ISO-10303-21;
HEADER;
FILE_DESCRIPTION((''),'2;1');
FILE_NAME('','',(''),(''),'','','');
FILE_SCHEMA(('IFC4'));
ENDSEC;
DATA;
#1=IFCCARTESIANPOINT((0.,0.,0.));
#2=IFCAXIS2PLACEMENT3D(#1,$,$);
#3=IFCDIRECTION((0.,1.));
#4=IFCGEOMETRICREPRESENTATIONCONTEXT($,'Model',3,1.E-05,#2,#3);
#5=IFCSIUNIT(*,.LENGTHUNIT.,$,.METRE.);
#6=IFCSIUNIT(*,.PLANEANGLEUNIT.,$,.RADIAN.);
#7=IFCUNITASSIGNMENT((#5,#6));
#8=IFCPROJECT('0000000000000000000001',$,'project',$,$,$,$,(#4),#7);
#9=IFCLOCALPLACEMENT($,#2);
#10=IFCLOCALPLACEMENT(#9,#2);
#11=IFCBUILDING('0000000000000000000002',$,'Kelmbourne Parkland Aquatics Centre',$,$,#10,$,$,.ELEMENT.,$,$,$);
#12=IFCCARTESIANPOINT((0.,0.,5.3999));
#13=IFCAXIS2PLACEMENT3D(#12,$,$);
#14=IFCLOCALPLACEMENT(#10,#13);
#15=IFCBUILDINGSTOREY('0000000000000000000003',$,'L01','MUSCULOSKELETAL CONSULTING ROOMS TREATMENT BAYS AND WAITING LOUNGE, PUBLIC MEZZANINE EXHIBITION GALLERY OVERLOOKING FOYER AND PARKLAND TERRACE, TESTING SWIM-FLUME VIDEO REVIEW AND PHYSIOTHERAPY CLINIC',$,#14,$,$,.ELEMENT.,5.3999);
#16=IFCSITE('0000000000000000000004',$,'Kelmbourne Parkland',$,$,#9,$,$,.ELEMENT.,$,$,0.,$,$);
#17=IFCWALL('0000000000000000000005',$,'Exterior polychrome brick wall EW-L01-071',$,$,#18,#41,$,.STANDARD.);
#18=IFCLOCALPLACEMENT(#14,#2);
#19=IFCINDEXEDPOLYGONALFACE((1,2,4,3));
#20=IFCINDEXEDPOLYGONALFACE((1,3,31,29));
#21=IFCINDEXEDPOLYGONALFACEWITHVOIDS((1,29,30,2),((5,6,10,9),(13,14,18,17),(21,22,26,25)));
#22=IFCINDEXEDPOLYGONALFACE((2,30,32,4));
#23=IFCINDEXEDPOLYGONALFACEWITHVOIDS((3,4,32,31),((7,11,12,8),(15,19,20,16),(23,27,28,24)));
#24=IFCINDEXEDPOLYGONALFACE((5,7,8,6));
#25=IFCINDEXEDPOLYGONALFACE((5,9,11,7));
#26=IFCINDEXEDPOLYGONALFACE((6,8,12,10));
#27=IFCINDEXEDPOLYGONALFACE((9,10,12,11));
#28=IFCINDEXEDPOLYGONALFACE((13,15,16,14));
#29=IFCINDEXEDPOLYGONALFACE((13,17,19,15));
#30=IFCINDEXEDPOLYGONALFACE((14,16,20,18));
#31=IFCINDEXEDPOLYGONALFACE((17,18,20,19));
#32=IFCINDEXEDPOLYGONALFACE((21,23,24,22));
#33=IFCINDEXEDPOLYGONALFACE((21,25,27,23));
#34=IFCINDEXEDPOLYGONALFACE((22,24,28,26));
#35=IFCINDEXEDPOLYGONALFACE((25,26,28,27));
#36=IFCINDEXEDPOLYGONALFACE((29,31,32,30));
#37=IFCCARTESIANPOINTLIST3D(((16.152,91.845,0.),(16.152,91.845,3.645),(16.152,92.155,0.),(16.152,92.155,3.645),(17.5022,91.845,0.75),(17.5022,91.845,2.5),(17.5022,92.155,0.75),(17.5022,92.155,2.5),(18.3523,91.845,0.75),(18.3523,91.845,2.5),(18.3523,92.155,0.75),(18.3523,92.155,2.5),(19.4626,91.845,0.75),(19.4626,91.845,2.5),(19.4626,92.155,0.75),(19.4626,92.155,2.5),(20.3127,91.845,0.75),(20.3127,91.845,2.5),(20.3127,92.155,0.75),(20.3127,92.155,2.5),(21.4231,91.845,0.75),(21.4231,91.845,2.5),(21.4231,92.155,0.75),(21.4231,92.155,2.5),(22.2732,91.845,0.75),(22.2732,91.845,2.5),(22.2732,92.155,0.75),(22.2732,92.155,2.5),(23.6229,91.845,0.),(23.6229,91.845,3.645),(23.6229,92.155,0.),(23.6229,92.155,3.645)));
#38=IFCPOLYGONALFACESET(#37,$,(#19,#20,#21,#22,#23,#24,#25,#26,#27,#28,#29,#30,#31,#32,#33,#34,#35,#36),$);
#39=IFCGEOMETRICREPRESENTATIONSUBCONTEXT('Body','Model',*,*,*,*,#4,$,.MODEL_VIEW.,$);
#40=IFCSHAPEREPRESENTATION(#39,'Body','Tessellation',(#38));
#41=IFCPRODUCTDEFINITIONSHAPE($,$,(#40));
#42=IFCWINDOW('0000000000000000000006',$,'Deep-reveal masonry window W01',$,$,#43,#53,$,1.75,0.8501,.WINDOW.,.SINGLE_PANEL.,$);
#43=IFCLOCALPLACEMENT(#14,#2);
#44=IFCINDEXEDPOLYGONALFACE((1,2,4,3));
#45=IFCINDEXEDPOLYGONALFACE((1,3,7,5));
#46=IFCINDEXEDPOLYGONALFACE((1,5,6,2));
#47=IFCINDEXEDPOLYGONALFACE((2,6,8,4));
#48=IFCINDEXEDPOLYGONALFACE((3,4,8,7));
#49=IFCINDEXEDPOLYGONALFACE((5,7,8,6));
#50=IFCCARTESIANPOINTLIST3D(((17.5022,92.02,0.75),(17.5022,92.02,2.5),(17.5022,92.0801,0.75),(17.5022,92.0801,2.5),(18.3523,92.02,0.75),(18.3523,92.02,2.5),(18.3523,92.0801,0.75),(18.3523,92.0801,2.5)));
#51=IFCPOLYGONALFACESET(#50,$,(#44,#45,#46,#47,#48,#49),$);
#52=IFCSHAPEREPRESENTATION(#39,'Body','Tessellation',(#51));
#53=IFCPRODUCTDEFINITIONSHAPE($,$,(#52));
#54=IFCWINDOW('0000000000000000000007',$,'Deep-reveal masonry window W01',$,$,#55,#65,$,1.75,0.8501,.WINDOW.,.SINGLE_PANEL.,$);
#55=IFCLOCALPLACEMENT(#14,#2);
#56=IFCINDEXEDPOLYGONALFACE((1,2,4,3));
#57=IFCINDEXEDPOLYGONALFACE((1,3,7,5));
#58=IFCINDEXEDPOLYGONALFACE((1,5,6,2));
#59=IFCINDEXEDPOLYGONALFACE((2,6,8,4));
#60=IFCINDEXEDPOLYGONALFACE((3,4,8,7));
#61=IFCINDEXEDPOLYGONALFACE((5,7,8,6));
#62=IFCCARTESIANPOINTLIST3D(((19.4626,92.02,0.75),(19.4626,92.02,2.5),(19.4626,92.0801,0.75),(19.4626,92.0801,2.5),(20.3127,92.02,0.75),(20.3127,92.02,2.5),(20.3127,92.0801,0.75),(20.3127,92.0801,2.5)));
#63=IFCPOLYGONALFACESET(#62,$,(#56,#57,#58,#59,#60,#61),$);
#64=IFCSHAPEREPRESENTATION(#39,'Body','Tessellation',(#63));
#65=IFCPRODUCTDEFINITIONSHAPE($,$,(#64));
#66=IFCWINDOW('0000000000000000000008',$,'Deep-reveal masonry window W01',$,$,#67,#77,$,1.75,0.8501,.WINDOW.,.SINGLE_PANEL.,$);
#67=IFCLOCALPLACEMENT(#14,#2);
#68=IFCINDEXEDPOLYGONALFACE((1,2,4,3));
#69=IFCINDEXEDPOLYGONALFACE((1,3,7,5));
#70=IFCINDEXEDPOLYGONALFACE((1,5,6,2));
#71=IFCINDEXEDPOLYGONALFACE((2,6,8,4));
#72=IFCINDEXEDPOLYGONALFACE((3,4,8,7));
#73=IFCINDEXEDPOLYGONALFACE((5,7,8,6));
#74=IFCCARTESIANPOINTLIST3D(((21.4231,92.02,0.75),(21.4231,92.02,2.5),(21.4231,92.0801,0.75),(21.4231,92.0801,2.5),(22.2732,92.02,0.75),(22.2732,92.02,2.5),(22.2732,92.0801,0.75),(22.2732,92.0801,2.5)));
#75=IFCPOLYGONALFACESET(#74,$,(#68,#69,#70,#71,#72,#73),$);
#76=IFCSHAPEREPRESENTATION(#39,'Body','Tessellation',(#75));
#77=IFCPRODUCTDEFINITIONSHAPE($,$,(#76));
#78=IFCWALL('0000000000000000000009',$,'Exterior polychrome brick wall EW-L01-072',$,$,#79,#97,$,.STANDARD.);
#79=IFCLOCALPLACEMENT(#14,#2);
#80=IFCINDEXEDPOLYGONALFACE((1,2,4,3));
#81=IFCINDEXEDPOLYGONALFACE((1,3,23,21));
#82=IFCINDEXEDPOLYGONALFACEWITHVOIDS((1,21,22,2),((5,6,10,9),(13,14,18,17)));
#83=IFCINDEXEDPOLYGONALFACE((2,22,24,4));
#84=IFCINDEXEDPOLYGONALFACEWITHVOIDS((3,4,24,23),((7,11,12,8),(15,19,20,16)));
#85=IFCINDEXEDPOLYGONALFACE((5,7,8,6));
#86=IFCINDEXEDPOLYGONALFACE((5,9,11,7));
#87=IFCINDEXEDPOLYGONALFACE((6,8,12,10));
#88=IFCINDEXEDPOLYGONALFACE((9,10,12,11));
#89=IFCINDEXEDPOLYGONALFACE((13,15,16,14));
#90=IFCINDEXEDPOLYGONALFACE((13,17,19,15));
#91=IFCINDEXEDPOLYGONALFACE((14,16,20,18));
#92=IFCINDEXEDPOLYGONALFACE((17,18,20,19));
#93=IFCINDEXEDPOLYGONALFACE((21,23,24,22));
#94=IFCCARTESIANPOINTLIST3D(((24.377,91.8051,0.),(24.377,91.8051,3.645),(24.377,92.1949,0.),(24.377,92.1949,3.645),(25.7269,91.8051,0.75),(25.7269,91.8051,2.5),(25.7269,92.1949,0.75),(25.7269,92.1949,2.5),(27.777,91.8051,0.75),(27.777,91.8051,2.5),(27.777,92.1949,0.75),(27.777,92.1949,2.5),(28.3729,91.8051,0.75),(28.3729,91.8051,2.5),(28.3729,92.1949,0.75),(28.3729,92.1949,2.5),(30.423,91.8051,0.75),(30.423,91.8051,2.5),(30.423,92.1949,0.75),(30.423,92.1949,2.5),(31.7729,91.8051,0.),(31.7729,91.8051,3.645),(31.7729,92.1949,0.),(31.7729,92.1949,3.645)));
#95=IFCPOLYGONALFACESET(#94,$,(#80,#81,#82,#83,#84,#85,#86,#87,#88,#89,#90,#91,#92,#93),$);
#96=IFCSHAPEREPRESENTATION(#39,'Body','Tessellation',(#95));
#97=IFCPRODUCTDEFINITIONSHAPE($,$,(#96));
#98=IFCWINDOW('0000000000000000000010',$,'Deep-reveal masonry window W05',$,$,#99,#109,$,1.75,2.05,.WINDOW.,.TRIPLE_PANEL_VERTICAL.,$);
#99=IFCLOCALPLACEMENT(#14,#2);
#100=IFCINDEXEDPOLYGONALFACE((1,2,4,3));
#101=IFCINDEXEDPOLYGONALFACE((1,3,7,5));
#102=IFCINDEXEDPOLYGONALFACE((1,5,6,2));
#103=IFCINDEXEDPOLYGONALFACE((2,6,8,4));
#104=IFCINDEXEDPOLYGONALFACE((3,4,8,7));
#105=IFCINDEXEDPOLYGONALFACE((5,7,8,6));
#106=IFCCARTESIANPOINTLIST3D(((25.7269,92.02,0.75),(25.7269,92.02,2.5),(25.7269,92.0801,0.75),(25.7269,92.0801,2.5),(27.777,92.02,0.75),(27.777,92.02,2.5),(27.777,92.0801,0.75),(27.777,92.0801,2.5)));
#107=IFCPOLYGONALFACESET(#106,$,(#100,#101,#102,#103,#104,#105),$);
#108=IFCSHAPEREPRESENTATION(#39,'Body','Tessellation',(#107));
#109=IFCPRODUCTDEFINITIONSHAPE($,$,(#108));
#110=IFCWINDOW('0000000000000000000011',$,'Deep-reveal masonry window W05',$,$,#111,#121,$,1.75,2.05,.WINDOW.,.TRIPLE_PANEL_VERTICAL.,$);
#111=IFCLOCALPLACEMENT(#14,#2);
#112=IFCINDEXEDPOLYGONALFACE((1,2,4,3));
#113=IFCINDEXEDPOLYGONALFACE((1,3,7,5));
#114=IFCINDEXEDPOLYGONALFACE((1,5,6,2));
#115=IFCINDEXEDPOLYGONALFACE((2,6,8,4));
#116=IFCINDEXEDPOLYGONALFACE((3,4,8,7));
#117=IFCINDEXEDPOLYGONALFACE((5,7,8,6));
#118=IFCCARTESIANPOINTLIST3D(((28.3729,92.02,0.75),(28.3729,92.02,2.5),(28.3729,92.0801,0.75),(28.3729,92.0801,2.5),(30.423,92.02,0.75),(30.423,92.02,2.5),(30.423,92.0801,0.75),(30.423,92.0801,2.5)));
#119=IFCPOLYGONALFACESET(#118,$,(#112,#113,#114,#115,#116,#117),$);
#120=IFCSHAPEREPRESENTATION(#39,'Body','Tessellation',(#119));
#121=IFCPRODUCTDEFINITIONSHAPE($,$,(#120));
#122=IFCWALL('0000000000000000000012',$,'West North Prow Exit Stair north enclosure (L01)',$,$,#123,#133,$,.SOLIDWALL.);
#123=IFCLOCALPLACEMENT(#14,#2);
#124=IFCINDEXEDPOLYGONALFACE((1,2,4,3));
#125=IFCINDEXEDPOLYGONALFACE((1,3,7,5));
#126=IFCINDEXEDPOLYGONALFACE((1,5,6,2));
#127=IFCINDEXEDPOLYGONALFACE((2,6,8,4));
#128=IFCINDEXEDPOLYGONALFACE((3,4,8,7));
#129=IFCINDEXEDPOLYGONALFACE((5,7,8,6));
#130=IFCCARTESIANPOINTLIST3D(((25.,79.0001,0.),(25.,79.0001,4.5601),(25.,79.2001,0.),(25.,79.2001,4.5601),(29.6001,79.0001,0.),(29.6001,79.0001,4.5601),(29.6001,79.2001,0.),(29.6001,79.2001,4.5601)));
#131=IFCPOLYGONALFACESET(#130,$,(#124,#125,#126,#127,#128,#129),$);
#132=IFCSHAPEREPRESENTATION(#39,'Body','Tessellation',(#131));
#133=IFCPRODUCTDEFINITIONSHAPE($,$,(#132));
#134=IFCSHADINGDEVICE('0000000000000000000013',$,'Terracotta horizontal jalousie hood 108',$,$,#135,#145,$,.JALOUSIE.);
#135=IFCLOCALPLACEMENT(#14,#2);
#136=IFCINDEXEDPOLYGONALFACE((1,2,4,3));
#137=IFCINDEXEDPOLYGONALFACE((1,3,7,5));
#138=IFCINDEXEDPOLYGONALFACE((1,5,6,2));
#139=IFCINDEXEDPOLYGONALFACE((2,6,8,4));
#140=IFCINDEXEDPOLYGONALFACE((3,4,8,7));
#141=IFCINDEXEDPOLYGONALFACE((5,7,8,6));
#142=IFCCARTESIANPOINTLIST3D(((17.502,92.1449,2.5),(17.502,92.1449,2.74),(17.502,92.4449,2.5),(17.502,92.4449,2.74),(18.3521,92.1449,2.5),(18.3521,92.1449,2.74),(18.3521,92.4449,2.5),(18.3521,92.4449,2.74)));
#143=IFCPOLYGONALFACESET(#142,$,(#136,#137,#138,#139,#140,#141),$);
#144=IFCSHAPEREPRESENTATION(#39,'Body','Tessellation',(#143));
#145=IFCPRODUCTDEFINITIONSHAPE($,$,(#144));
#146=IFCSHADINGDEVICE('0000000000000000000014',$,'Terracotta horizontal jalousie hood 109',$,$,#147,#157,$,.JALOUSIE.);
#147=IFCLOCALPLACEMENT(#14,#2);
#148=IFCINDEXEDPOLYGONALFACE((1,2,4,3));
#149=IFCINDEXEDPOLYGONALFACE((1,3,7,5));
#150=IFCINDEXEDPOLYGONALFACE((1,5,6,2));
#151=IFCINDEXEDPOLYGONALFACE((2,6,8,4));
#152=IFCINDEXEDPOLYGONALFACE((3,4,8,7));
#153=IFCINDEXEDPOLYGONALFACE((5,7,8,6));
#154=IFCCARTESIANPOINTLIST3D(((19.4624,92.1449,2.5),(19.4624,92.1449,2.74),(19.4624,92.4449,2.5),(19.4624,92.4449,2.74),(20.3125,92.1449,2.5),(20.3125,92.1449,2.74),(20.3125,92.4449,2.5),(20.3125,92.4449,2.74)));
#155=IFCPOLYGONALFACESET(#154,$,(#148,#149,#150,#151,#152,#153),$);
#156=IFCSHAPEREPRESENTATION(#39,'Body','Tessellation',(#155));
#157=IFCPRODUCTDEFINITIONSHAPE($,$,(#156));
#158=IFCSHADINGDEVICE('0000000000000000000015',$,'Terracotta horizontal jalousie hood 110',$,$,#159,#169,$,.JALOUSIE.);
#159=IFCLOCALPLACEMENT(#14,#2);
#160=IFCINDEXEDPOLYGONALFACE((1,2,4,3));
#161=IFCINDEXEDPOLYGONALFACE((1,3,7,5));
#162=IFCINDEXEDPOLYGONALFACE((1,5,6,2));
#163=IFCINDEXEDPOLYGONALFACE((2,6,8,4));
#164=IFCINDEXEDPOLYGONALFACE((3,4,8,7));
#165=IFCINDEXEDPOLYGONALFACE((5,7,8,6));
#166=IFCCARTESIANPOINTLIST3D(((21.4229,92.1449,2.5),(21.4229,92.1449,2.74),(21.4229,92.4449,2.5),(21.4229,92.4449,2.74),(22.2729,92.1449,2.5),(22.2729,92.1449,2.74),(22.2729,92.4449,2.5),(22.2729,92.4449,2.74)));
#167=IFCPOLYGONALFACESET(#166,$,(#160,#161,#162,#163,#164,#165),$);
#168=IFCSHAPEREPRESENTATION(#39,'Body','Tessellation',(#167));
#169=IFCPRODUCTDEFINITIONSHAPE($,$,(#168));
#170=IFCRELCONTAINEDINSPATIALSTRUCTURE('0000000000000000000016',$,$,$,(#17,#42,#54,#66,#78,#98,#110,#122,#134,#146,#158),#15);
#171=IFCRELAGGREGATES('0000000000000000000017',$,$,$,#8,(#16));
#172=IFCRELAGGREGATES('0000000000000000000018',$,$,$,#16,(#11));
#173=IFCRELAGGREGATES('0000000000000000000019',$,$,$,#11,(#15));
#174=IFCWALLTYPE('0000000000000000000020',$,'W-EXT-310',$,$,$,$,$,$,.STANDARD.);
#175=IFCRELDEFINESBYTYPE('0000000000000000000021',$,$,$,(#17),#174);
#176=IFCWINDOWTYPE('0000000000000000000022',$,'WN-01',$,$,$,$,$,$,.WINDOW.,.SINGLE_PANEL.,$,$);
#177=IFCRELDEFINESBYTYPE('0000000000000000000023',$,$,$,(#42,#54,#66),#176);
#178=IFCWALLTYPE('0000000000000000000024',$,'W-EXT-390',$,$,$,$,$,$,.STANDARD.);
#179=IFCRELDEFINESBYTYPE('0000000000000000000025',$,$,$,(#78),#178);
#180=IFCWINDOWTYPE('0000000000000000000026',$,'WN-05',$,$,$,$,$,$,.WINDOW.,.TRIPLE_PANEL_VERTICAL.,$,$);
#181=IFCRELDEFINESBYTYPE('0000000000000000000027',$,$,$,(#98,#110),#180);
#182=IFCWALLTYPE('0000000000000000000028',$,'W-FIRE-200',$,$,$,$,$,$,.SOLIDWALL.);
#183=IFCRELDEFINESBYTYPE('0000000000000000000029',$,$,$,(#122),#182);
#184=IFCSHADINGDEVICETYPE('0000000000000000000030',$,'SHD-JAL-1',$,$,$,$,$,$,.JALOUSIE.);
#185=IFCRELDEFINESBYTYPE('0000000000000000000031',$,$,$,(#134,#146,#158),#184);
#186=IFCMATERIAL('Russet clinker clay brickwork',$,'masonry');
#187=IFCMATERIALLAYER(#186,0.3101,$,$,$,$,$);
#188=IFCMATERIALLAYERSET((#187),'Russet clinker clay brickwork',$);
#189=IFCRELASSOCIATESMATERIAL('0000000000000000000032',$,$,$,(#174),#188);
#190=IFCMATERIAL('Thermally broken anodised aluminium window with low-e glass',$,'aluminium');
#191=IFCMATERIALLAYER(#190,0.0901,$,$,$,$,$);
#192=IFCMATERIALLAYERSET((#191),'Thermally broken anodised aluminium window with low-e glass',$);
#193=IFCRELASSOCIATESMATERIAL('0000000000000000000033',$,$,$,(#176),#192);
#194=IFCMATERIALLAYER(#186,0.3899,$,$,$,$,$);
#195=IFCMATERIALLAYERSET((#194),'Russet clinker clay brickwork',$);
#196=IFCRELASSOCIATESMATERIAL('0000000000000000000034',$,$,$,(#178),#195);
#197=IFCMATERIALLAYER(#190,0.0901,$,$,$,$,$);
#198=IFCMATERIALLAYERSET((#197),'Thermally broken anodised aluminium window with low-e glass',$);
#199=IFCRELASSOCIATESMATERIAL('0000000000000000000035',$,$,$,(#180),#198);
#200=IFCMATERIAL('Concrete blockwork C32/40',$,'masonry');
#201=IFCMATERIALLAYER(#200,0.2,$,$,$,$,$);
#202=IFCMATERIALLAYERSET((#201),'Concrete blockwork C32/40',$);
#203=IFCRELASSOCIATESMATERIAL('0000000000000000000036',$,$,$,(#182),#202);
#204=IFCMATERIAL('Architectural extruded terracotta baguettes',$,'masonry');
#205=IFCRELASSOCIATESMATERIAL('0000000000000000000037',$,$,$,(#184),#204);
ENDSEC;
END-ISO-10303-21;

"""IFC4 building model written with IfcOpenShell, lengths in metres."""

from ifc_helpers import new_model, si_unit, direction, frame, frame_2d, origin, origin_2d, place, context, subcontext, project, spatial, rectangle, extrude, material, layer, layer_set, type_object, element, fill, save


model = new_model("IFC4")

# Units and contexts
model_context = context("Model", 3, precision=1e-05, world=origin(), true_north=direction((0.0, 1.0)))
body_context = subcontext(model_context, "Body", "Model", "MODEL_VIEW")
ifc_project = project(units=[si_unit("LENGTHUNIT", "METRE"), si_unit("PLANEANGLEUNIT", "RADIAN")], contexts=[model_context])

# Site, building, storey
site_placement = place(None, origin())
site = spatial("IfcSite", under=ifc_project, at=site_placement, Name="Kelmbourne Parkland", CompositionType="ELEMENT", RefElevation=0.0)
building_placement = place(site_placement, origin())
building = spatial("IfcBuilding", under=site, at=building_placement, Name="Kelmbourne Parkland Aquatics Centre", CompositionType="ELEMENT")
storey_placement = place(building_placement, frame((0.0, 0.0, 5.3999)))
storey = spatial("IfcBuildingStorey", under=building, at=storey_placement, Name="L01", Description="MUSCULOSKELETAL CONSULTING ROOMS TREATMENT BAYS AND WAITING LOUNGE, PUBLIC MEZZANINE EXHIBITION GALLERY OVERLOOKING FOYER AND PARKLAND TERRACE, TESTING SWIM-FLUME VIDEO REVIEW AND PHYSIOTHERAPY CLINIC", CompositionType="ELEMENT", Elevation=5.3999)

# Walls, openings, windows
ifc_material_1 = material(Name="Russet clinker clay brickwork", Category="masonry")
ifc_layer_1 = layer(ifc_material_1, 0.3101)
ifc_layer_set_1 = layer_set([ifc_layer_1], Name="Russet clinker clay brickwork")
wall_type_1 = type_object("IfcWallType", Name="W-EXT-310", PredefinedType="STANDARD", material=ifc_layer_set_1)
wall_1_placement = place(storey_placement, frame((16.1521, 92.0, 0.0), z_axis=(0.0, 0.0, 1.0), x_axis=(1.0, 0.0, 0.0)))
wall_1 = element("IfcWall", 1, at=wall_1_placement, inside=storey, type_object=wall_type_1, Name="Exterior polychrome brick wall EW-L01-071", PredefinedType="STANDARD", context=body_context, shape_type="SweptSolid", body=[
    extrude(rectangle(XDim=7.4709, YDim=0.3101, at=frame_2d((3.7354, 0.0))), origin(), (0.0, 0.0, 1.0), 3.645),
])
opening_1_placement = place(wall_1_placement, frame((1.3501, 0.0, 0.75)))
opening_1 = element("IfcOpeningElement", 2, at=opening_1_placement, cuts=wall_1, PredefinedType="OPENING", context=body_context, shape_type="SweptSolid", body=[
    extrude(rectangle(XDim=0.8501, YDim=1.75, at=frame_2d((0.425, 0.875))), frame((0.0, 0.167, 0.0), z_axis=(0.0, -1.0, 0.0), x_axis=(1.0, 0.0, 0.0)), (0.0, 0.0, 1.0), 0.334),
])
opening_2_placement = place(wall_1_placement, frame((3.3105, 0.0, 0.75)))
opening_2 = element("IfcOpeningElement", 3, at=opening_2_placement, cuts=wall_1, PredefinedType="OPENING", context=body_context, shape_type="SweptSolid", body=[
    extrude(rectangle(XDim=0.8501, YDim=1.75, at=frame_2d((0.425, 0.875))), frame((0.0, 0.167, 0.0), z_axis=(0.0, -1.0, 0.0), x_axis=(1.0, 0.0, 0.0)), (0.0, 0.0, 1.0), 0.334),
])
opening_3_placement = place(wall_1_placement, frame((5.271, 0.0, 0.75)))
opening_3 = element("IfcOpeningElement", 4, at=opening_3_placement, cuts=wall_1, PredefinedType="OPENING", context=body_context, shape_type="SweptSolid", body=[
    extrude(rectangle(XDim=0.8501, YDim=1.75, at=frame_2d((0.425, 0.875))), frame((0.0, 0.167, 0.0), z_axis=(0.0, -1.0, 0.0), x_axis=(1.0, 0.0, 0.0)), (0.0, 0.0, 1.0), 0.334),
])
ifc_material_2 = material(Name="Thermally broken anodised aluminium window with low-e glass", Category="aluminium")
ifc_layer_2 = layer(ifc_material_2, 0.0901)
ifc_layer_set_2 = layer_set([ifc_layer_2], Name="Thermally broken anodised aluminium window with low-e glass")
window_type_1 = type_object("IfcWindowType", Name="WN-01", PartitioningType="SINGLE_PANEL", PredefinedType="WINDOW", material=ifc_layer_set_2)
window_1_placement = place(opening_1_placement, origin())
window_1 = element("IfcWindow", 5, at=window_1_placement, inside=storey, type_object=window_type_1, Name="Deep-reveal masonry window W01", OverallHeight=1.75, OverallWidth=0.8501, PartitioningType="SINGLE_PANEL", PredefinedType="WINDOW", context=body_context, shape_type="SweptSolid", body=[
    extrude(rectangle(XDim=0.8501, YDim=1.75, at=frame_2d((0.425, 0.875))), frame((0.0, 0.0801, 0.0), z_axis=(0.0, -1.0, 0.0), x_axis=(1.0, 0.0, 0.0)), (0.0, 0.0, 1.0), 0.0601),
])
fill(opening_1, window_1)
window_2_placement = place(opening_2_placement, origin())
window_2 = element("IfcWindow", 6, at=window_2_placement, inside=storey, type_object=window_type_1, Name="Deep-reveal masonry window W01", OverallHeight=1.75, OverallWidth=0.8501, PartitioningType="SINGLE_PANEL", PredefinedType="WINDOW", context=body_context, shape_type="SweptSolid", body=[
    extrude(rectangle(XDim=0.8501, YDim=1.75, at=frame_2d((0.425, 0.875))), frame((0.0, 0.0801, 0.0), z_axis=(0.0, -1.0, 0.0), x_axis=(1.0, 0.0, 0.0)), (0.0, 0.0, 1.0), 0.0601),
])
fill(opening_2, window_2)
window_3_placement = place(opening_3_placement, origin())
window_3 = element("IfcWindow", 7, at=window_3_placement, inside=storey, type_object=window_type_1, Name="Deep-reveal masonry window W01", OverallHeight=1.75, OverallWidth=0.8501, PartitioningType="SINGLE_PANEL", PredefinedType="WINDOW", context=body_context, shape_type="SweptSolid", body=[
    extrude(rectangle(XDim=0.8501, YDim=1.75, at=frame_2d((0.425, 0.875))), frame((0.0, 0.0801, 0.0), z_axis=(0.0, -1.0, 0.0), x_axis=(1.0, 0.0, 0.0)), (0.0, 0.0, 1.0), 0.0601),
])
fill(opening_3, window_3)
ifc_layer_3 = layer(ifc_material_1, 0.3899)
ifc_layer_set_3 = layer_set([ifc_layer_3], Name="Russet clinker clay brickwork")
wall_type_2 = type_object("IfcWallType", Name="W-EXT-390", PredefinedType="STANDARD", material=ifc_layer_set_3)
wall_2_placement = place(storey_placement, frame((24.377, 92.0, 0.0), z_axis=(0.0, 0.0, 1.0), x_axis=(1.0, 0.0, 0.0)))
wall_2 = element("IfcWall", 8, at=wall_2_placement, inside=storey, type_object=wall_type_2, Name="Exterior polychrome brick wall EW-L01-072", PredefinedType="STANDARD", context=body_context, shape_type="SweptSolid", body=[
    extrude(rectangle(XDim=7.396, YDim=0.3899, at=frame_2d((3.698, 0.0))), origin(), (0.0, 0.0, 1.0), 3.645),
])
opening_4_placement = place(wall_2_placement, frame((1.3501, 0.0, 0.75)))
opening_4 = element("IfcOpeningElement", 9, at=opening_4_placement, cuts=wall_2, PredefinedType="OPENING", context=body_context, shape_type="SweptSolid", body=[
    extrude(rectangle(XDim=2.05, YDim=1.75, at=frame_2d((1.0249, 0.875))), frame((0.0, 0.207, 0.0), z_axis=(0.0, -1.0, 0.0), x_axis=(1.0, 0.0, 0.0)), (0.0, 0.0, 1.0), 0.4138),
])
opening_5_placement = place(wall_2_placement, frame((3.9961, 0.0, 0.75)))
opening_5 = element("IfcOpeningElement", 10, at=opening_5_placement, cuts=wall_2, PredefinedType="OPENING", context=body_context, shape_type="SweptSolid", body=[
    extrude(rectangle(XDim=2.05, YDim=1.75, at=frame_2d((1.0249, 0.875))), frame((0.0, 0.207, 0.0), z_axis=(0.0, -1.0, 0.0), x_axis=(1.0, 0.0, 0.0)), (0.0, 0.0, 1.0), 0.4138),
])
ifc_layer_4 = layer(ifc_material_2, 0.0901)
ifc_layer_set_4 = layer_set([ifc_layer_4], Name="Thermally broken anodised aluminium window with low-e glass")
window_type_2 = type_object("IfcWindowType", Name="WN-05", PartitioningType="TRIPLE_PANEL_VERTICAL", PredefinedType="WINDOW", material=ifc_layer_set_4)
window_4_placement = place(opening_4_placement, origin())
window_4 = element("IfcWindow", 11, at=window_4_placement, inside=storey, type_object=window_type_2, Name="Deep-reveal masonry window W05", OverallHeight=1.75, OverallWidth=2.05, PartitioningType="TRIPLE_PANEL_VERTICAL", PredefinedType="WINDOW", context=body_context, shape_type="SweptSolid", body=[
    extrude(rectangle(XDim=2.05, YDim=1.75, at=frame_2d((1.0249, 0.875))), frame((0.0, 0.0801, 0.0), z_axis=(0.0, -1.0, 0.0), x_axis=(1.0, 0.0, 0.0)), (0.0, 0.0, 1.0), 0.0601),
])
fill(opening_4, window_4)
window_5_placement = place(opening_5_placement, origin())
window_5 = element("IfcWindow", 12, at=window_5_placement, inside=storey, type_object=window_type_2, Name="Deep-reveal masonry window W05", OverallHeight=1.75, OverallWidth=2.05, PartitioningType="TRIPLE_PANEL_VERTICAL", PredefinedType="WINDOW", context=body_context, shape_type="SweptSolid", body=[
    extrude(rectangle(XDim=2.05, YDim=1.75, at=frame_2d((1.0249, 0.875))), frame((0.0, 0.0801, 0.0), z_axis=(0.0, -1.0, 0.0), x_axis=(1.0, 0.0, 0.0)), (0.0, 0.0, 1.0), 0.0601),
])
fill(opening_5, window_5)

# Wall
ifc_material_3 = material(Name="Concrete blockwork C32/40", Category="masonry")
ifc_layer_5 = layer(ifc_material_3, 0.2)
ifc_layer_set_5 = layer_set([ifc_layer_5], Name="Concrete blockwork C32/40")
wall_type_3 = type_object("IfcWallType", Name="W-FIRE-200", PredefinedType="SOLIDWALL", material=ifc_layer_set_5)
wall_3_placement = place(storey_placement, frame((25.0, 79.1001, 0.0), z_axis=(0.0, 0.0, 1.0), x_axis=(1.0, 0.0, 0.0)))
element("IfcWall", 13, at=wall_3_placement, inside=storey, type_object=wall_type_3, Name="West North Prow Exit Stair north enclosure (L01)", PredefinedType="SOLIDWALL", context=body_context, shape_type="SweptSolid", body=[
    extrude(rectangle(XDim=4.6001, YDim=0.2, at=frame_2d((2.3, 0.0))), origin(), (0.0, 0.0, 1.0), 4.5601),
])

# Shading devices
ifc_material_4 = material(Name="Architectural extruded terracotta baguettes", Category="masonry")
shading_device_type = type_object("IfcShadingDeviceType", Name="SHD-JAL-1", PredefinedType="JALOUSIE", material=ifc_material_4)
for number, where, z_axis, x_axis, name in (
    (14, (17.927, 92.2949, 2.5), (0.0, 0.0, 1.0), (1.0, 0.0, 0.0), "Terracotta horizontal jalousie hood 108"),
    (15, (19.8875, 92.2949, 2.5), (0.0, 0.0, 1.0), (1.0, 0.0, 0.0), "Terracotta horizontal jalousie hood 109"),
    (16, (21.8479, 92.2949, 2.5), (0.0, 0.0, 1.0), (1.0, 0.0, 0.0), "Terracotta horizontal jalousie hood 110"),
):
    element("IfcShadingDevice", number, at=place(storey_placement, frame(where, z_axis=z_axis, x_axis=x_axis)), inside=storey, type_object=shading_device_type, Name=name, PredefinedType="JALOUSIE", context=body_context, shape_type="SweptSolid", body=[
        extrude(rectangle(XDim=0.8501, YDim=0.3, at=origin_2d()), origin(), (0.0, 0.0, 1.0), 0.24),
    ])

save(model, "model.ifc")
